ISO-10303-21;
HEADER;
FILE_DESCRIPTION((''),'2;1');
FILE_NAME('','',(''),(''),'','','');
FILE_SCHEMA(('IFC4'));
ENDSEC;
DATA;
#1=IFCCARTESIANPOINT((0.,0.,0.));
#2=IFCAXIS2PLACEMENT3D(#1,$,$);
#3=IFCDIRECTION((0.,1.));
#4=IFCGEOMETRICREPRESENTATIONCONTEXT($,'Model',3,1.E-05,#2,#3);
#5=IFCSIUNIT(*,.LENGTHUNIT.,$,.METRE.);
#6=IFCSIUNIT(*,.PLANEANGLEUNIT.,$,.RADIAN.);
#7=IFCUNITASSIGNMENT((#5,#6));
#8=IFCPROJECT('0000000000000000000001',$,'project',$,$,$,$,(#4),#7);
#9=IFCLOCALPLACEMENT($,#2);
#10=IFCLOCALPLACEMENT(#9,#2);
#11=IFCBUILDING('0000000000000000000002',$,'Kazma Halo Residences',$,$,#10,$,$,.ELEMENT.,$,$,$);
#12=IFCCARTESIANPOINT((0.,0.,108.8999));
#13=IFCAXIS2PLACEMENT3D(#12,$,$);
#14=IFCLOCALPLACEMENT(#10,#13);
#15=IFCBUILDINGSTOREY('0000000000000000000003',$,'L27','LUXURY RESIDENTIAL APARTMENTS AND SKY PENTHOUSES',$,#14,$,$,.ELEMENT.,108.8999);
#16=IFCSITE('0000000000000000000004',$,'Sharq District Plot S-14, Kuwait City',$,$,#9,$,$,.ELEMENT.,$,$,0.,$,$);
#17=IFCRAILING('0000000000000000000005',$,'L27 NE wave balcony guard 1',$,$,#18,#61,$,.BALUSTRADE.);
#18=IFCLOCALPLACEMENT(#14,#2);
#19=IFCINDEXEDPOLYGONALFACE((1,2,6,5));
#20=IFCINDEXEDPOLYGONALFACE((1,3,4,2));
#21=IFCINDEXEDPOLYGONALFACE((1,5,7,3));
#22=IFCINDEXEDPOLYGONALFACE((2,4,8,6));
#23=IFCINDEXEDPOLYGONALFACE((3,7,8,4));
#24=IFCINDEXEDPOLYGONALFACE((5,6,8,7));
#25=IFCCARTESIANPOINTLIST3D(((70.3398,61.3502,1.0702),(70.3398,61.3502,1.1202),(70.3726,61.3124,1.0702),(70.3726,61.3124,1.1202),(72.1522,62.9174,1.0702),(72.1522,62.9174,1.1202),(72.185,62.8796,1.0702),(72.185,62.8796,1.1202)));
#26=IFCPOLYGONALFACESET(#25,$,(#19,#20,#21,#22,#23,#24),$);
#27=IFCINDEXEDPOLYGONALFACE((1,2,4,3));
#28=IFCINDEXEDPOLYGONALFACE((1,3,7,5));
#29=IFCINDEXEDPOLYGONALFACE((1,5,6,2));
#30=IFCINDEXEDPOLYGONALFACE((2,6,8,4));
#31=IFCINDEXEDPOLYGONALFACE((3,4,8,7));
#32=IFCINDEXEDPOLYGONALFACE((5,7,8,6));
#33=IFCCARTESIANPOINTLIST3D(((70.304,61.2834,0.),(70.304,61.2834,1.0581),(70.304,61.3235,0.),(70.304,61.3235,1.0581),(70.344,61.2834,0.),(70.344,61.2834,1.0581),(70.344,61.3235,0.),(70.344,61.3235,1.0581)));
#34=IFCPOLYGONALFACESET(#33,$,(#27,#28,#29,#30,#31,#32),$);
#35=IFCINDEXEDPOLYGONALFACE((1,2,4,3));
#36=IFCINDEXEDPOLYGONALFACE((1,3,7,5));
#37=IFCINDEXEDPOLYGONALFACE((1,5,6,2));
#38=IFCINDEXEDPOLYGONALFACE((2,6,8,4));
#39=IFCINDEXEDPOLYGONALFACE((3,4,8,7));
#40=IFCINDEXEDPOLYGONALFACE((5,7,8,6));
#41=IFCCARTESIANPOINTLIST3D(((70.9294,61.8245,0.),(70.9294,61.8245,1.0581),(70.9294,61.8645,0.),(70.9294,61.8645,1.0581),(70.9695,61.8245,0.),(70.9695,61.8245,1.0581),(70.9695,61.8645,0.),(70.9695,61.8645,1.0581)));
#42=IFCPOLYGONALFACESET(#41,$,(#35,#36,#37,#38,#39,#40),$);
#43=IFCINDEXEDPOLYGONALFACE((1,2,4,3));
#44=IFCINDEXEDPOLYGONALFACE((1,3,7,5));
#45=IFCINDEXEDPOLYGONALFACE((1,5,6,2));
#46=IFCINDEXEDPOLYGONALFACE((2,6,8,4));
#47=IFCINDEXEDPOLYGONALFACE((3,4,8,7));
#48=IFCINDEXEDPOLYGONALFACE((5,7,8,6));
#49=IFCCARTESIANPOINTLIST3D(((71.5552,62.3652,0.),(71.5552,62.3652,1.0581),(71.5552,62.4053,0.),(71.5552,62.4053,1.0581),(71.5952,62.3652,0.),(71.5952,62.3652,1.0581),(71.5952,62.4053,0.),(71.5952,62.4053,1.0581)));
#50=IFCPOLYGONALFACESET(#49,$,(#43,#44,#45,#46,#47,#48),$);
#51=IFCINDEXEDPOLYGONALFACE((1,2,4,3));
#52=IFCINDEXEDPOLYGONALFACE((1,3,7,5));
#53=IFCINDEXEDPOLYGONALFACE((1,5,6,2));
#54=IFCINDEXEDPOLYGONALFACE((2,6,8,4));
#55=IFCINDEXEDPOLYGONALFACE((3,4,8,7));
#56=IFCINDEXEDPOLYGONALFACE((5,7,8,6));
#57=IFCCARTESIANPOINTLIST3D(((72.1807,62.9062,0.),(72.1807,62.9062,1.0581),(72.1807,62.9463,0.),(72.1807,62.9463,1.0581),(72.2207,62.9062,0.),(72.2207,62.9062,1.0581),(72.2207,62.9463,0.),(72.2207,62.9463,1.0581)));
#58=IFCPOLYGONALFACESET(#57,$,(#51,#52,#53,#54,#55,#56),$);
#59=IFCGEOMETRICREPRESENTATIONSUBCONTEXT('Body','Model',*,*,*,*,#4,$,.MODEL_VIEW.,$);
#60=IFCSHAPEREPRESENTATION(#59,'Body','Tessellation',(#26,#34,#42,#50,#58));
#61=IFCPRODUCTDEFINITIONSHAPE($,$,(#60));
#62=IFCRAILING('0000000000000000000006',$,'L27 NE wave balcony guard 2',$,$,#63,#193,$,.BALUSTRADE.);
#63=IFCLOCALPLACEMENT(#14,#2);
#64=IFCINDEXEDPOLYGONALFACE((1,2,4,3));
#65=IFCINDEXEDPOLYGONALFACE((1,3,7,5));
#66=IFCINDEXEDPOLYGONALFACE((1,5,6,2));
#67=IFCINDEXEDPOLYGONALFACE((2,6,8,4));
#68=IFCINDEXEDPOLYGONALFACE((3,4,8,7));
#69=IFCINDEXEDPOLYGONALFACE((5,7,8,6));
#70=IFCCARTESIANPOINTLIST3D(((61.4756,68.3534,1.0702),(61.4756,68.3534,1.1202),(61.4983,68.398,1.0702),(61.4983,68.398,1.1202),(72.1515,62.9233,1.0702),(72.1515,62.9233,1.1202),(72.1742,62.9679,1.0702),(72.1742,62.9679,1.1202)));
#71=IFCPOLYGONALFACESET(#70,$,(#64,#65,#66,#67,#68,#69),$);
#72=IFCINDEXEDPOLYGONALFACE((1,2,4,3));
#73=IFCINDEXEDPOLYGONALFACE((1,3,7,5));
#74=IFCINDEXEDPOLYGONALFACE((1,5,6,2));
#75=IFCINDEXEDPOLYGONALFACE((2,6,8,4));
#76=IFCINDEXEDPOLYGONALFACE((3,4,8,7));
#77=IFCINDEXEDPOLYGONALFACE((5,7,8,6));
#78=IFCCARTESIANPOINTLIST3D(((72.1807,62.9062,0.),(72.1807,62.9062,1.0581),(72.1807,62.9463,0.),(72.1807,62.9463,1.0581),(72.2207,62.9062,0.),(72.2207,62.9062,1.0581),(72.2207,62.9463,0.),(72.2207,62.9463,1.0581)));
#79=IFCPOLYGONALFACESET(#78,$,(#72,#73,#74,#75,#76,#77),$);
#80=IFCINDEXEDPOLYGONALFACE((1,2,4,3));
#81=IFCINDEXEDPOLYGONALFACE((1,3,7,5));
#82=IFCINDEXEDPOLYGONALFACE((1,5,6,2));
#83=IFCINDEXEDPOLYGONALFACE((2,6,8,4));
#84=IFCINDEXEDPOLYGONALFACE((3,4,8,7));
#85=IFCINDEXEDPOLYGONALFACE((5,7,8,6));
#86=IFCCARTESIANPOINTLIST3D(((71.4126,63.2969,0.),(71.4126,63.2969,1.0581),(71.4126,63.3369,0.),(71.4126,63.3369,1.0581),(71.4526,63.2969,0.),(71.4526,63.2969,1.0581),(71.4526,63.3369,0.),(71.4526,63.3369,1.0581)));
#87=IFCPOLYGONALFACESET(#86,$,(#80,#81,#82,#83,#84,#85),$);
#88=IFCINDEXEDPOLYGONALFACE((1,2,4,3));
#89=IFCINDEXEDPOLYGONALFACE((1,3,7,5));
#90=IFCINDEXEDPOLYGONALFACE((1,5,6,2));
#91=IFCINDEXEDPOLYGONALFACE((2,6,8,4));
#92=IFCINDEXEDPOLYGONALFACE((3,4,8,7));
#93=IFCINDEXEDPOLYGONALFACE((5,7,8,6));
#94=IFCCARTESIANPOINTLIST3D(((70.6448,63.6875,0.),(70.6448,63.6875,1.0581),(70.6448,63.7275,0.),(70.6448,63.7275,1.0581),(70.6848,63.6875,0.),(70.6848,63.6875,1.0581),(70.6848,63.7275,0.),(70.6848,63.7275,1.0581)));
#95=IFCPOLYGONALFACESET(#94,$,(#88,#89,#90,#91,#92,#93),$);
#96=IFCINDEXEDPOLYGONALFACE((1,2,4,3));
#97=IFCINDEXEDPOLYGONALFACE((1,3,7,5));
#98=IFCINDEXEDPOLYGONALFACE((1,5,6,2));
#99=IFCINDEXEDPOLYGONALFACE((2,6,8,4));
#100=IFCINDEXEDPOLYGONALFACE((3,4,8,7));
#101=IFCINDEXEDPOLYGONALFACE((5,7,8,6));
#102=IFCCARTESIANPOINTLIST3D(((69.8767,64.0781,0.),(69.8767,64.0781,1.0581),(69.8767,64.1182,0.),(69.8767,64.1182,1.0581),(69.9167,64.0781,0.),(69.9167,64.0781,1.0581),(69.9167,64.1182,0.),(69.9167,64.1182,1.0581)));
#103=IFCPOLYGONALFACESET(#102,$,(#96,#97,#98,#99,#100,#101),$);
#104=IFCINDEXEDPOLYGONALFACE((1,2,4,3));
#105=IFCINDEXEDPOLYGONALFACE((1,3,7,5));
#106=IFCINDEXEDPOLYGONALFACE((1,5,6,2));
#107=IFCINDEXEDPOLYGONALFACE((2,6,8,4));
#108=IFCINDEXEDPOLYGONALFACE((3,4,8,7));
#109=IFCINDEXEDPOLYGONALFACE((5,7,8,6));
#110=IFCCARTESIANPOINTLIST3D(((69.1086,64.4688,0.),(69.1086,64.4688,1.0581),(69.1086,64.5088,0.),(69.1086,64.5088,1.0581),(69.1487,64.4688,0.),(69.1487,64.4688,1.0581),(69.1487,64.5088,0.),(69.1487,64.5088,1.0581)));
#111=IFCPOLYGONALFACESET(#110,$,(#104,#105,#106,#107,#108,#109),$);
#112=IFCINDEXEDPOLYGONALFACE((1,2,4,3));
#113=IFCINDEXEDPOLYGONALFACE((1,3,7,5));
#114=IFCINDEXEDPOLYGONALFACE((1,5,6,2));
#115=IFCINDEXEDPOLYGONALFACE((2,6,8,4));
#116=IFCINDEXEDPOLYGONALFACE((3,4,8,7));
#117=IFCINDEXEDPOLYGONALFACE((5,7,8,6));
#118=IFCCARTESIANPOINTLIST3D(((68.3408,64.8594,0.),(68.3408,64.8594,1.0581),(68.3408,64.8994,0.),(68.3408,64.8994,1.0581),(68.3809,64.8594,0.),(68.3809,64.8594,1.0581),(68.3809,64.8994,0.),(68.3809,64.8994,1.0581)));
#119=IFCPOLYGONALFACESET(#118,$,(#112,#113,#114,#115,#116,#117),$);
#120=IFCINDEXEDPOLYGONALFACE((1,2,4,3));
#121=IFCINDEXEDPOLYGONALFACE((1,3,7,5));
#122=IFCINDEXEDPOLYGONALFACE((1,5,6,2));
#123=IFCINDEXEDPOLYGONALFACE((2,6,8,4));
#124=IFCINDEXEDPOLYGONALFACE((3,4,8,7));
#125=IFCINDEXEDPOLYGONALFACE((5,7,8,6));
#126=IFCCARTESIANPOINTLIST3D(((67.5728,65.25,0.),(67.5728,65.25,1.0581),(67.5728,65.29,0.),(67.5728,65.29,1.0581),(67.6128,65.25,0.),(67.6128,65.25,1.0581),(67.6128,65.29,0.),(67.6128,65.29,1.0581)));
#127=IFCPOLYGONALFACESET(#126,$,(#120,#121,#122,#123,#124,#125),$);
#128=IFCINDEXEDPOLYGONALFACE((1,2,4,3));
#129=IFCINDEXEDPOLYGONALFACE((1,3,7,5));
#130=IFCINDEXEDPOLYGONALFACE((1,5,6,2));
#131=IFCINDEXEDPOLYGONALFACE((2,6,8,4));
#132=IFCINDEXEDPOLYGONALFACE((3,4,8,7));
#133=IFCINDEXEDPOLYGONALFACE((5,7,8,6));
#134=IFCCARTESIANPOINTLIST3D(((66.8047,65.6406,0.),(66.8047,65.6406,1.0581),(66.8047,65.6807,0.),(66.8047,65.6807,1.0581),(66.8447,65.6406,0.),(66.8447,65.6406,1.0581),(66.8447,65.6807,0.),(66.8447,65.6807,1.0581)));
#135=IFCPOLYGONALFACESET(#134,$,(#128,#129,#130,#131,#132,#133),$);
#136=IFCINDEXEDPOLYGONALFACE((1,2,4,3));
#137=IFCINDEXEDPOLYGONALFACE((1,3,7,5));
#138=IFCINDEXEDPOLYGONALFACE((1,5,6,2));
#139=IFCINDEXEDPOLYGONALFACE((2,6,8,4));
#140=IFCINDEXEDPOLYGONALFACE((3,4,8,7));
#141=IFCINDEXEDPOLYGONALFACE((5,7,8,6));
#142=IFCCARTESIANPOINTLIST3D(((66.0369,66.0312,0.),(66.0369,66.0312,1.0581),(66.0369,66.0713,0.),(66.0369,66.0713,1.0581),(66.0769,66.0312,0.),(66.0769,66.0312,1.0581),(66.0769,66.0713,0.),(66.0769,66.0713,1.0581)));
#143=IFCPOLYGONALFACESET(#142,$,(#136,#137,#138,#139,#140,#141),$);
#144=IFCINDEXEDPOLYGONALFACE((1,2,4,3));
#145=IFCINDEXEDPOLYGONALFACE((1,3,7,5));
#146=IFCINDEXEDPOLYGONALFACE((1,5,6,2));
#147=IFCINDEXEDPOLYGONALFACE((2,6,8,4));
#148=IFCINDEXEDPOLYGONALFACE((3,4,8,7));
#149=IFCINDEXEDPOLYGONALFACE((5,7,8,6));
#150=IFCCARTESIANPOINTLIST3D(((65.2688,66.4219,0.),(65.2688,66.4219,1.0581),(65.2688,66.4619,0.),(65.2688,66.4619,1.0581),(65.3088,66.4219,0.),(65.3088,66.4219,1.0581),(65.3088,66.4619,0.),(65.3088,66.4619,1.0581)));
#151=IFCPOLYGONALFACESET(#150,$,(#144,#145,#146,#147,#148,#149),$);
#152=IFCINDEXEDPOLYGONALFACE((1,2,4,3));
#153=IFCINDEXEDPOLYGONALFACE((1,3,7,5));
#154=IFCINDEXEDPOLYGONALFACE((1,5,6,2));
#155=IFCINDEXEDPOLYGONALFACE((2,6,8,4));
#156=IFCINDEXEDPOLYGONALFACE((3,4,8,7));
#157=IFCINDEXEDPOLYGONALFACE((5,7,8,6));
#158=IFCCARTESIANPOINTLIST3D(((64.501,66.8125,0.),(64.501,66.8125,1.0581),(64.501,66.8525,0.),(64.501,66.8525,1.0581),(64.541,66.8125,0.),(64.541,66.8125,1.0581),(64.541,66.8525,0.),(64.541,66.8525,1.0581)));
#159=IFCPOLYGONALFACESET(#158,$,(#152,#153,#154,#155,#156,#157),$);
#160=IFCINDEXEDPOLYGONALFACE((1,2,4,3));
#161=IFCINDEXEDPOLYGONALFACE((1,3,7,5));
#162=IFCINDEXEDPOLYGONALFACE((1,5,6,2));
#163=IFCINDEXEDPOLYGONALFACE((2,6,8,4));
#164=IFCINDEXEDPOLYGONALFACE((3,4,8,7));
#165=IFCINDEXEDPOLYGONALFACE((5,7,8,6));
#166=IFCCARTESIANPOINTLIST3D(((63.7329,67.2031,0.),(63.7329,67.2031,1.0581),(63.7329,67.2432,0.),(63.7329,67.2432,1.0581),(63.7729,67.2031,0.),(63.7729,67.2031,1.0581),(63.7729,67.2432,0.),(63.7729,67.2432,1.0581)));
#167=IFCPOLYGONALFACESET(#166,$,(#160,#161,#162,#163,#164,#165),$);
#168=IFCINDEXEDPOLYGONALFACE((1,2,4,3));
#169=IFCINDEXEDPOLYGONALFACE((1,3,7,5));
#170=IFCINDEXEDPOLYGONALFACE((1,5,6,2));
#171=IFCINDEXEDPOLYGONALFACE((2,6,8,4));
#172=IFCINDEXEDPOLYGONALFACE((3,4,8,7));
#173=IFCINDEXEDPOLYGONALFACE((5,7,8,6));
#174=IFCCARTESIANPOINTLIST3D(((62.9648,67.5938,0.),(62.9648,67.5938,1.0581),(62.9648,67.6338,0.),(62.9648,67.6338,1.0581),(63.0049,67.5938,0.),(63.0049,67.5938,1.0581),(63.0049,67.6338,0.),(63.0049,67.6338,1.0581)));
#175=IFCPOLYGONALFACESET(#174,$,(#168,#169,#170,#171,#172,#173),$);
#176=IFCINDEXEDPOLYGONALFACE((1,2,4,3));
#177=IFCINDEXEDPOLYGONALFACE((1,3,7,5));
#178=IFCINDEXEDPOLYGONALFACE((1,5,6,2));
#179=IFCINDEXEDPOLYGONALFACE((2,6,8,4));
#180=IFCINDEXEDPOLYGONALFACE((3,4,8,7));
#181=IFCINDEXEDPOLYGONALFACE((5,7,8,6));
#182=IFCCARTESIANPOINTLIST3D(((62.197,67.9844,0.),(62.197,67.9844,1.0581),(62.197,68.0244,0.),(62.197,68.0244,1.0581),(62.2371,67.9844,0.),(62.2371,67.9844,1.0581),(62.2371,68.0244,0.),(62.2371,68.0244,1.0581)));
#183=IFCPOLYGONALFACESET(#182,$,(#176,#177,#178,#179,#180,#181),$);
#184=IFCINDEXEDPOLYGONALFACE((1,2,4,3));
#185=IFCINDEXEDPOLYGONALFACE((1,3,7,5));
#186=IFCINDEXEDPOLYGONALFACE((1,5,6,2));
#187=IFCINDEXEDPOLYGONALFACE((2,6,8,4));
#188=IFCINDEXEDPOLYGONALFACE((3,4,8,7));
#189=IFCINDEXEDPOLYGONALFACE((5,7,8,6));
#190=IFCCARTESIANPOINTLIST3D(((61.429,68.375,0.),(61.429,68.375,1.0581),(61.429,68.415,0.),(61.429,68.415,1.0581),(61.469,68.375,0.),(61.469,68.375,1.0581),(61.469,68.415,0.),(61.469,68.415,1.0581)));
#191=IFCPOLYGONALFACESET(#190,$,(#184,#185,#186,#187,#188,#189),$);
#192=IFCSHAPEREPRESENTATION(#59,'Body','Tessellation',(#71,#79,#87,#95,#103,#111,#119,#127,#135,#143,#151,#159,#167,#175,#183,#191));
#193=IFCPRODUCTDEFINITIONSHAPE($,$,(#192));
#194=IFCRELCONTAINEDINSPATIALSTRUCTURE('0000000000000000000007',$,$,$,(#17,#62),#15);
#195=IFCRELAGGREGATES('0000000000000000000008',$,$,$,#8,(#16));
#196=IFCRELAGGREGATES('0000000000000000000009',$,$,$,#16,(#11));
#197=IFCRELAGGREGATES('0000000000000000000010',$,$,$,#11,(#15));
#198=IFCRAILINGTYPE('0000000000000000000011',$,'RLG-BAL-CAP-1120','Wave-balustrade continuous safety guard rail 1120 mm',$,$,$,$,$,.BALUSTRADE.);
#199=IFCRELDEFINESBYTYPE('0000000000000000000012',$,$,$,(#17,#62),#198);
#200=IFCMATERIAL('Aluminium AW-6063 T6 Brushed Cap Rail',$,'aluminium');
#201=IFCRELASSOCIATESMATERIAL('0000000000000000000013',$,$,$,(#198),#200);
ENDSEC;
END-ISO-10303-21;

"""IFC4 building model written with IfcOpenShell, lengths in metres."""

from ifc_helpers import new_model, si_unit, direction, frame, origin, origin_2d, place, context, subcontext, project, spatial, rectangle, extrude, material, type_object, element, save


model = new_model("IFC4")

# Units and contexts
model_context = context("Model", 3, precision=1e-05, world=origin(), true_north=direction((0.0, 1.0)))
body_context = subcontext(model_context, "Body", "Model", "MODEL_VIEW")
ifc_project = project(units=[si_unit("LENGTHUNIT", "METRE"), si_unit("PLANEANGLEUNIT", "RADIAN")], contexts=[model_context])

# Site, building, storey
site_placement = place(None, origin())
site = spatial("IfcSite", under=ifc_project, at=site_placement, Name="Sharq District Plot S-14, Kuwait City", CompositionType="ELEMENT", RefElevation=0.0)
building_placement = place(site_placement, origin())
building = spatial("IfcBuilding", under=site, at=building_placement, Name="Kazma Halo Residences", CompositionType="ELEMENT")
storey_placement = place(building_placement, frame((0.0, 0.0, 108.8999)))
storey = spatial("IfcBuildingStorey", under=building, at=storey_placement, Name="L27", Description="LUXURY RESIDENTIAL APARTMENTS AND SKY PENTHOUSES", CompositionType="ELEMENT", Elevation=108.8999)

# Railings
ifc_material_1 = material(Name="Aluminium AW-6063 T6 Brushed Cap Rail", Category="aluminium")
railing_type = type_object("IfcRailingType", Name="RLG-BAL-CAP-1120", Description="Wave-balustrade continuous safety guard rail 1120 mm", PredefinedType="BALUSTRADE", material=ifc_material_1)
railing_1_placement = place(storey_placement, frame((70.324, 61.3035, 0.0)))
element("IfcRailing", 1, at=railing_1_placement, inside=storey, type_object=railing_type, Name="L27 NE wave balcony guard 1", PredefinedType="BALUSTRADE", context=body_context, shape_type="SweptSolid", body=[
    extrude(rectangle(XDim=0.05, YDim=0.05, at=origin_2d()), frame((0.0322, 0.0278, 1.0952), z_axis=(0.756422, 0.654083, 0.0), x_axis=(-0.654083, 0.756422, 0.0)), (0.0, 0.0, 1.0), 2.396),
    extrude(rectangle(XDim=0.04, YDim=0.04, at=origin_2d()), origin(), (0.0, 0.0, 1.0), 1.0581),
    extrude(rectangle(XDim=0.04, YDim=0.04, at=origin_2d()), frame((0.6255, 0.541, 0.0)), (0.0, 0.0, 1.0), 1.0581),
    extrude(rectangle(XDim=0.04, YDim=0.04, at=origin_2d()), frame((1.2512, 1.0818, 0.0)), (0.0, 0.0, 1.0), 1.0581),
    extrude(rectangle(XDim=0.04, YDim=0.04, at=origin_2d()), frame((1.8767, 1.6228, 0.0)), (0.0, 0.0, 1.0), 1.0581),
])
railing_2_placement = place(storey_placement, frame((72.2007, 62.9263, 0.0)))
element("IfcRailing", 2, at=railing_2_placement, inside=storey, type_object=railing_type, Name="L27 NE wave balcony guard 2", PredefinedType="BALUSTRADE", context=body_context, shape_type="SweptSolid", body=[
    extrude(rectangle(XDim=0.05, YDim=0.05, at=origin_2d()), frame((-0.0378, 0.0193, 1.0952), z_axis=(-0.891326, 0.453364, 0.0), x_axis=(-0.453364, -0.891326, 0.0)), (0.0, 0.0, 1.0), 11.9775),
    extrude(rectangle(XDim=0.04, YDim=0.04, at=origin_2d()), origin(), (0.0, 0.0, 1.0), 1.0581),
    extrude(rectangle(XDim=0.04, YDim=0.04, at=origin_2d()), frame((-0.7681, 0.3906, 0.0)), (0.0, 0.0, 1.0), 1.0581),
    extrude(rectangle(XDim=0.04, YDim=0.04, at=origin_2d()), frame((-1.5359, 0.7812, 0.0)), (0.0, 0.0, 1.0), 1.0581),
    extrude(rectangle(XDim=0.04, YDim=0.04, at=origin_2d()), frame((-2.304, 1.1719, 0.0)), (0.0, 0.0, 1.0), 1.0581),
    extrude(rectangle(XDim=0.04, YDim=0.04, at=origin_2d()), frame((-3.072, 1.5625, 0.0)), (0.0, 0.0, 1.0), 1.0581),
    extrude(rectangle(XDim=0.04, YDim=0.04, at=origin_2d()), frame((-3.8398, 1.9531, 0.0)), (0.0, 0.0, 1.0), 1.0581),
    extrude(rectangle(XDim=0.04, YDim=0.04, at=origin_2d()), frame((-4.6079, 2.3438, 0.0)), (0.0, 0.0, 1.0), 1.0581),
    extrude(rectangle(XDim=0.04, YDim=0.04, at=origin_2d()), frame((-5.376, 2.7344, 0.0)), (0.0, 0.0, 1.0), 1.0581),
    extrude(rectangle(XDim=0.04, YDim=0.04, at=origin_2d()), frame((-6.1438, 3.125, 0.0)), (0.0, 0.0, 1.0), 1.0581),
    extrude(rectangle(XDim=0.04, YDim=0.04, at=origin_2d()), frame((-6.9119, 3.5156, 0.0)), (0.0, 0.0, 1.0), 1.0581),
    extrude(rectangle(XDim=0.04, YDim=0.04, at=origin_2d()), frame((-7.6797, 3.9062, 0.0)), (0.0, 0.0, 1.0), 1.0581),
    extrude(rectangle(XDim=0.04, YDim=0.04, at=origin_2d()), frame((-8.4478, 4.2969, 0.0)), (0.0, 0.0, 1.0), 1.0581),
    extrude(rectangle(XDim=0.04, YDim=0.04, at=origin_2d()), frame((-9.2158, 4.6875, 0.0)), (0.0, 0.0, 1.0), 1.0581),
    extrude(rectangle(XDim=0.04, YDim=0.04, at=origin_2d()), frame((-9.9836, 5.0781, 0.0)), (0.0, 0.0, 1.0), 1.0581),
    extrude(rectangle(XDim=0.04, YDim=0.04, at=origin_2d()), frame((-10.7517, 5.4688, 0.0)), (0.0, 0.0, 1.0), 1.0581),
])

save(model, "model.ifc")
